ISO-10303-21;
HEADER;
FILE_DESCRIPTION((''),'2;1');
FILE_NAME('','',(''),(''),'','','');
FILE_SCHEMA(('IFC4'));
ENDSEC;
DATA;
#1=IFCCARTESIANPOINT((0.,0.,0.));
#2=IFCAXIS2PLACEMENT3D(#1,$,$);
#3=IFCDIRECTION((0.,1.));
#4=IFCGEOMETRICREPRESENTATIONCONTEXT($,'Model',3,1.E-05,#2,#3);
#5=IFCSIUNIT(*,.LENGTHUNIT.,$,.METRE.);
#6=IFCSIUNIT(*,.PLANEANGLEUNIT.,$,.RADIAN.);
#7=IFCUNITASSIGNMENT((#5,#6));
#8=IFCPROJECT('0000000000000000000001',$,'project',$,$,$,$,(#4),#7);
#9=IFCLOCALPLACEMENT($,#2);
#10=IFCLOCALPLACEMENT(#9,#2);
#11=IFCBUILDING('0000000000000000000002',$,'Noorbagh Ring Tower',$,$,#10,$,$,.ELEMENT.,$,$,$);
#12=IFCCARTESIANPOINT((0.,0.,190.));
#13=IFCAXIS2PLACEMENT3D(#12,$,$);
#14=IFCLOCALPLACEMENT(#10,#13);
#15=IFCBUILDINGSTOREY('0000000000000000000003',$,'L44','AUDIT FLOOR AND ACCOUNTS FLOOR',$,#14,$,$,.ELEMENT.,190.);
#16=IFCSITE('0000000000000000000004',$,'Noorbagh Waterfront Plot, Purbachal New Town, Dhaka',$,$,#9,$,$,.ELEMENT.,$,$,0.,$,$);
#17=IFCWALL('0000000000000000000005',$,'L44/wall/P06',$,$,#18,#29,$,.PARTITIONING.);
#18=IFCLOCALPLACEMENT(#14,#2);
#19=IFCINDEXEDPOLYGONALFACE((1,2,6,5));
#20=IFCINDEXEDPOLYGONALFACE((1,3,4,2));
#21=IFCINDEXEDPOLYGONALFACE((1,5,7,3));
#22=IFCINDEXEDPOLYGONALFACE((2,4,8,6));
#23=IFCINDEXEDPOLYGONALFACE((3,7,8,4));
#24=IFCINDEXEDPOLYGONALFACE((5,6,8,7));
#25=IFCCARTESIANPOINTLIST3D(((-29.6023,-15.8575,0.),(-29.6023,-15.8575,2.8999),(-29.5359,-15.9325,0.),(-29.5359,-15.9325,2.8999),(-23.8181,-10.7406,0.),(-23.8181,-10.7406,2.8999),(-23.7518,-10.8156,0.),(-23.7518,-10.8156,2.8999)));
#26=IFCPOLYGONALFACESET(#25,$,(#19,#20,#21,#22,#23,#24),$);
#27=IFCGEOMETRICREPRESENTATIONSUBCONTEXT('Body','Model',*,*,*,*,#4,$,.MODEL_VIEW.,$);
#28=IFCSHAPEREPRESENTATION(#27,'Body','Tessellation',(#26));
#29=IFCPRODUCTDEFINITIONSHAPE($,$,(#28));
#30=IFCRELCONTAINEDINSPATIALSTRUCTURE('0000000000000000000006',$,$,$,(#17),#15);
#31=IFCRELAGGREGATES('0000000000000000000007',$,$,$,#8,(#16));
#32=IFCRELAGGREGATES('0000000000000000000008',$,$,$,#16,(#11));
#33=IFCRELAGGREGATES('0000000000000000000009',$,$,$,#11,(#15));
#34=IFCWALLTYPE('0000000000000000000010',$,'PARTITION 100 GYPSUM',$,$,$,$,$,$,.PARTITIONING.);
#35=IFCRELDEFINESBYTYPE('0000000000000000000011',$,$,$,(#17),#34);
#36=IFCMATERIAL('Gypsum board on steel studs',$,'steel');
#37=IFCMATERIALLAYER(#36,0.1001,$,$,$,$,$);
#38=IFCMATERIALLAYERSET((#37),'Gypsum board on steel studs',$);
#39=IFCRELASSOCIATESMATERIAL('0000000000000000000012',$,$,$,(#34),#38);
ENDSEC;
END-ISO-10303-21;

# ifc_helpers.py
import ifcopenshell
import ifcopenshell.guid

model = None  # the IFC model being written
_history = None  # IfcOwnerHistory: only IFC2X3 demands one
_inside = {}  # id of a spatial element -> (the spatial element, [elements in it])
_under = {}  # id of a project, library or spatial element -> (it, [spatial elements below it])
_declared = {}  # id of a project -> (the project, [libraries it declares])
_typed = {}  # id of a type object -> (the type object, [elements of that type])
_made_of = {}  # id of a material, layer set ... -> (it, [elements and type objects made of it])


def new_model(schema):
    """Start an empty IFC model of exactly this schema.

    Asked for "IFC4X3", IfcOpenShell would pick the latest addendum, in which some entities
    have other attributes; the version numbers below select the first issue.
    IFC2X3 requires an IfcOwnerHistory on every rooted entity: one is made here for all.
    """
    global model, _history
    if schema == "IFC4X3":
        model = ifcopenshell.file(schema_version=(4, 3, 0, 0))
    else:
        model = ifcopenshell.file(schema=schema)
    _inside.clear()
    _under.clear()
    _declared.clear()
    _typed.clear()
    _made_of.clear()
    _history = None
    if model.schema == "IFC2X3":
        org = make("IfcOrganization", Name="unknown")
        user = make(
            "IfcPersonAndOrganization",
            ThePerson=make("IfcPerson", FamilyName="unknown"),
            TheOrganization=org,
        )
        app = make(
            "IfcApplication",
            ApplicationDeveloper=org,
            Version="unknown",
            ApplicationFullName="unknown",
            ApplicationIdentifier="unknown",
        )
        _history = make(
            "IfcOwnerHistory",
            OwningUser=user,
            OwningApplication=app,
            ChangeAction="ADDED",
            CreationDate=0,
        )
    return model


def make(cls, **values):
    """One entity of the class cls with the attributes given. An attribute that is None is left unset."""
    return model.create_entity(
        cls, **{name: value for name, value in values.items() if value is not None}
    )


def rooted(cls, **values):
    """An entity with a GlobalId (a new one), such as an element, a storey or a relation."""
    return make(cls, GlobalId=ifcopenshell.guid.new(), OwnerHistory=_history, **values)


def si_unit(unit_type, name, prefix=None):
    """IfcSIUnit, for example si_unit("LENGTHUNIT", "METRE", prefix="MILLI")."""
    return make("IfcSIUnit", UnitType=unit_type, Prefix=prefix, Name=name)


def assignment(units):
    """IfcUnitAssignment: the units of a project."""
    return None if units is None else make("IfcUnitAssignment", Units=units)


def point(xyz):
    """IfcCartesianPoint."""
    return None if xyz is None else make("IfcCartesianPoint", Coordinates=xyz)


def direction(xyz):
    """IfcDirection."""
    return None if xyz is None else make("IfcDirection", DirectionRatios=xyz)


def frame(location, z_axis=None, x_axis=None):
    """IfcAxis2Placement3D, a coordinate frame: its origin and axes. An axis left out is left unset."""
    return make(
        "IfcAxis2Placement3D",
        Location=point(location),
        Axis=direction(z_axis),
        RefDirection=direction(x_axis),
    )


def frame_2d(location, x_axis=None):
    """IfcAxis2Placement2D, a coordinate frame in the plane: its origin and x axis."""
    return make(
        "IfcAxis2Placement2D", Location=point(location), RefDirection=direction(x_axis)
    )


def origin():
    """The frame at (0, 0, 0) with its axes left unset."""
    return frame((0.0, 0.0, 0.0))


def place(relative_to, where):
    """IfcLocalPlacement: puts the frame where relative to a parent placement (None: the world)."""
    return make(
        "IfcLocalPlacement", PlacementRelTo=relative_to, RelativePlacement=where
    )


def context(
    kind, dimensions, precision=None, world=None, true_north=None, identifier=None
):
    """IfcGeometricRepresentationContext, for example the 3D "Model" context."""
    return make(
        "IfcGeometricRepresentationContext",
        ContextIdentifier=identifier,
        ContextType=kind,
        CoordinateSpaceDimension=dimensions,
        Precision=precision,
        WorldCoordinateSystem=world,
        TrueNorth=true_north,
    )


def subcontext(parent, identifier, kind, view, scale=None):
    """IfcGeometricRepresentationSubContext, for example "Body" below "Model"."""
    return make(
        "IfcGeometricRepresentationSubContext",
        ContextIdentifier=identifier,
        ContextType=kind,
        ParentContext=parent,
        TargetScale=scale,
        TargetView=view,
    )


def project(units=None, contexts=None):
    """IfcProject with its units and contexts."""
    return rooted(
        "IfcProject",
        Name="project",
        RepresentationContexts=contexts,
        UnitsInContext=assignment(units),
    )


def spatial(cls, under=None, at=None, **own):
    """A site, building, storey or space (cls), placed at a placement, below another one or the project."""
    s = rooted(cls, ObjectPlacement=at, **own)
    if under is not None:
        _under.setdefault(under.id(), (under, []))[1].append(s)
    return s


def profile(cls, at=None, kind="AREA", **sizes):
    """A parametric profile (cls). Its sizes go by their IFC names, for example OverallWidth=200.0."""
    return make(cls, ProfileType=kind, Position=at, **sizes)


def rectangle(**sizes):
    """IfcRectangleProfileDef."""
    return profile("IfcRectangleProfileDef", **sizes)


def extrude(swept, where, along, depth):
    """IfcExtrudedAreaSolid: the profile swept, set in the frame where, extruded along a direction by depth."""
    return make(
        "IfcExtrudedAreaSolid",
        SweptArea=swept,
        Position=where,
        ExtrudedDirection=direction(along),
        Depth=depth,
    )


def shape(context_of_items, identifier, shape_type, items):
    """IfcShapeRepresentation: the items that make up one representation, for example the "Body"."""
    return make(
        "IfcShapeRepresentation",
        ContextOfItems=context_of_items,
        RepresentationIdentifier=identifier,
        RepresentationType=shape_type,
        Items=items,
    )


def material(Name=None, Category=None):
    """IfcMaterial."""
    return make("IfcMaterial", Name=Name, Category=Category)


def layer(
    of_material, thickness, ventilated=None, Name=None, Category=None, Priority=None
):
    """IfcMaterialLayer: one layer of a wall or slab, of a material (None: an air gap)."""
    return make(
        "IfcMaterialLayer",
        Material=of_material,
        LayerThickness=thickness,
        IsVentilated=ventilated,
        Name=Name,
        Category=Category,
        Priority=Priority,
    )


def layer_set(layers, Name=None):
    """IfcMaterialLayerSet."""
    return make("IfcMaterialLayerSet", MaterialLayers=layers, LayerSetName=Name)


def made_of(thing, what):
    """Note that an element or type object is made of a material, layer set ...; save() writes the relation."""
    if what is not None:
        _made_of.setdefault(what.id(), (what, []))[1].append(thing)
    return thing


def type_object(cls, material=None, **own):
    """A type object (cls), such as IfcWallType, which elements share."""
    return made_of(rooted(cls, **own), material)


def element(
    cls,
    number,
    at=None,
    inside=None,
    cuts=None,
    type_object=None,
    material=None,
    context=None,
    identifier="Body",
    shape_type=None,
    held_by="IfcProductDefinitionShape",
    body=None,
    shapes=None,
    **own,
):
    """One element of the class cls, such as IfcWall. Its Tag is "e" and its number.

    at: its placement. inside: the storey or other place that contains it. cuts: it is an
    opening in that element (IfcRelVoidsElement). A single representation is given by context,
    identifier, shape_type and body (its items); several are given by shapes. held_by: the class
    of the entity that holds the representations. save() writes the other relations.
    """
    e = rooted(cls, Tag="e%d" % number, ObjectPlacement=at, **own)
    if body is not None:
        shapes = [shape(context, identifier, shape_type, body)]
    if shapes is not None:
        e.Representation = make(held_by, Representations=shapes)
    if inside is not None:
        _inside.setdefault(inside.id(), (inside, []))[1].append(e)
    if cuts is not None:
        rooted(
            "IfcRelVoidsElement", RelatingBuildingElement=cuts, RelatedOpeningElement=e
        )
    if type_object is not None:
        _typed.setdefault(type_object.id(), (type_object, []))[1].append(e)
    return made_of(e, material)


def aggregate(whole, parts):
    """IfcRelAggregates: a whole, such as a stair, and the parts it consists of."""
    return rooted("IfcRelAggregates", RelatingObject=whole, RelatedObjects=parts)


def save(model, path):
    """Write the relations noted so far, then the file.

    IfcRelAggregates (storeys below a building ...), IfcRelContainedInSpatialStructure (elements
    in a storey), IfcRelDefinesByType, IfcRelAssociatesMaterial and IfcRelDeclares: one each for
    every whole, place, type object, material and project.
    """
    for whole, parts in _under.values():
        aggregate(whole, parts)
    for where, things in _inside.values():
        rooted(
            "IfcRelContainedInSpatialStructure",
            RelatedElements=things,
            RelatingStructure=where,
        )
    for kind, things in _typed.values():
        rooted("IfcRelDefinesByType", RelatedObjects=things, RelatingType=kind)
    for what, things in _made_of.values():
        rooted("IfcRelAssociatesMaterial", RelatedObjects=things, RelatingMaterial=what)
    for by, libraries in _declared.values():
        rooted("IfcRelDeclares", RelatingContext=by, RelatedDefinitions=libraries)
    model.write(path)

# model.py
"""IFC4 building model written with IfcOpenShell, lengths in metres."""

from ifc_helpers import new_model, si_unit, direction, frame, frame_2d, origin, place, context, subcontext, project, spatial, rectangle, extrude, material, layer, layer_set, type_object, element, save


model = new_model("IFC4")

# Units and contexts
model_context = context("Model", 3, precision=1e-05, world=origin(), true_north=direction((0.0, 1.0)))
body_context = subcontext(model_context, "Body", "Model", "MODEL_VIEW")
ifc_project = project(units=[si_unit("LENGTHUNIT", "METRE"), si_unit("PLANEANGLEUNIT", "RADIAN")], contexts=[model_context])

# Site, building, storey
site_placement = place(None, origin())
site = spatial("IfcSite", under=ifc_project, at=site_placement, Name="Noorbagh Waterfront Plot, Purbachal New Town, Dhaka", CompositionType="ELEMENT", RefElevation=0.0)
building_placement = place(site_placement, origin())
building = spatial("IfcBuilding", under=site, at=building_placement, Name="Noorbagh Ring Tower", CompositionType="ELEMENT")
storey_placement = place(building_placement, frame((0.0, 0.0, 190.0)))
storey = spatial("IfcBuildingStorey", under=building, at=storey_placement, Name="L44", Description="AUDIT FLOOR AND ACCOUNTS FLOOR", CompositionType="ELEMENT", Elevation=190.0)

# Wall
ifc_material_1 = material(Name="Gypsum board on steel studs", Category="steel")
ifc_layer_1 = layer(ifc_material_1, 0.1001)
ifc_layer_set_1 = layer_set([ifc_layer_1], Name="Gypsum board on steel studs")
wall_type_1 = type_object("IfcWallType", Name="PARTITION 100 GYPSUM", PredefinedType="PARTITIONING", material=ifc_layer_set_1)
wall_1_placement = place(storey_placement, frame((-29.5691, -15.895, 0.0), z_axis=(0.0, 0.0, 1.0), x_axis=(0.748986, 0.662586, 0.0)))
element("IfcWall", 1, at=wall_1_placement, inside=storey, type_object=wall_type_1, Name="L44/wall/P06", PredefinedType="PARTITIONING", context=body_context, shape_type="SweptSolid", body=[
    extrude(rectangle(XDim=7.7227, YDim=0.1001, at=frame_2d((3.8613, 0.0))), origin(), (0.0, 0.0, 1.0), 2.8999),
])

save(model, "model.ifc")
